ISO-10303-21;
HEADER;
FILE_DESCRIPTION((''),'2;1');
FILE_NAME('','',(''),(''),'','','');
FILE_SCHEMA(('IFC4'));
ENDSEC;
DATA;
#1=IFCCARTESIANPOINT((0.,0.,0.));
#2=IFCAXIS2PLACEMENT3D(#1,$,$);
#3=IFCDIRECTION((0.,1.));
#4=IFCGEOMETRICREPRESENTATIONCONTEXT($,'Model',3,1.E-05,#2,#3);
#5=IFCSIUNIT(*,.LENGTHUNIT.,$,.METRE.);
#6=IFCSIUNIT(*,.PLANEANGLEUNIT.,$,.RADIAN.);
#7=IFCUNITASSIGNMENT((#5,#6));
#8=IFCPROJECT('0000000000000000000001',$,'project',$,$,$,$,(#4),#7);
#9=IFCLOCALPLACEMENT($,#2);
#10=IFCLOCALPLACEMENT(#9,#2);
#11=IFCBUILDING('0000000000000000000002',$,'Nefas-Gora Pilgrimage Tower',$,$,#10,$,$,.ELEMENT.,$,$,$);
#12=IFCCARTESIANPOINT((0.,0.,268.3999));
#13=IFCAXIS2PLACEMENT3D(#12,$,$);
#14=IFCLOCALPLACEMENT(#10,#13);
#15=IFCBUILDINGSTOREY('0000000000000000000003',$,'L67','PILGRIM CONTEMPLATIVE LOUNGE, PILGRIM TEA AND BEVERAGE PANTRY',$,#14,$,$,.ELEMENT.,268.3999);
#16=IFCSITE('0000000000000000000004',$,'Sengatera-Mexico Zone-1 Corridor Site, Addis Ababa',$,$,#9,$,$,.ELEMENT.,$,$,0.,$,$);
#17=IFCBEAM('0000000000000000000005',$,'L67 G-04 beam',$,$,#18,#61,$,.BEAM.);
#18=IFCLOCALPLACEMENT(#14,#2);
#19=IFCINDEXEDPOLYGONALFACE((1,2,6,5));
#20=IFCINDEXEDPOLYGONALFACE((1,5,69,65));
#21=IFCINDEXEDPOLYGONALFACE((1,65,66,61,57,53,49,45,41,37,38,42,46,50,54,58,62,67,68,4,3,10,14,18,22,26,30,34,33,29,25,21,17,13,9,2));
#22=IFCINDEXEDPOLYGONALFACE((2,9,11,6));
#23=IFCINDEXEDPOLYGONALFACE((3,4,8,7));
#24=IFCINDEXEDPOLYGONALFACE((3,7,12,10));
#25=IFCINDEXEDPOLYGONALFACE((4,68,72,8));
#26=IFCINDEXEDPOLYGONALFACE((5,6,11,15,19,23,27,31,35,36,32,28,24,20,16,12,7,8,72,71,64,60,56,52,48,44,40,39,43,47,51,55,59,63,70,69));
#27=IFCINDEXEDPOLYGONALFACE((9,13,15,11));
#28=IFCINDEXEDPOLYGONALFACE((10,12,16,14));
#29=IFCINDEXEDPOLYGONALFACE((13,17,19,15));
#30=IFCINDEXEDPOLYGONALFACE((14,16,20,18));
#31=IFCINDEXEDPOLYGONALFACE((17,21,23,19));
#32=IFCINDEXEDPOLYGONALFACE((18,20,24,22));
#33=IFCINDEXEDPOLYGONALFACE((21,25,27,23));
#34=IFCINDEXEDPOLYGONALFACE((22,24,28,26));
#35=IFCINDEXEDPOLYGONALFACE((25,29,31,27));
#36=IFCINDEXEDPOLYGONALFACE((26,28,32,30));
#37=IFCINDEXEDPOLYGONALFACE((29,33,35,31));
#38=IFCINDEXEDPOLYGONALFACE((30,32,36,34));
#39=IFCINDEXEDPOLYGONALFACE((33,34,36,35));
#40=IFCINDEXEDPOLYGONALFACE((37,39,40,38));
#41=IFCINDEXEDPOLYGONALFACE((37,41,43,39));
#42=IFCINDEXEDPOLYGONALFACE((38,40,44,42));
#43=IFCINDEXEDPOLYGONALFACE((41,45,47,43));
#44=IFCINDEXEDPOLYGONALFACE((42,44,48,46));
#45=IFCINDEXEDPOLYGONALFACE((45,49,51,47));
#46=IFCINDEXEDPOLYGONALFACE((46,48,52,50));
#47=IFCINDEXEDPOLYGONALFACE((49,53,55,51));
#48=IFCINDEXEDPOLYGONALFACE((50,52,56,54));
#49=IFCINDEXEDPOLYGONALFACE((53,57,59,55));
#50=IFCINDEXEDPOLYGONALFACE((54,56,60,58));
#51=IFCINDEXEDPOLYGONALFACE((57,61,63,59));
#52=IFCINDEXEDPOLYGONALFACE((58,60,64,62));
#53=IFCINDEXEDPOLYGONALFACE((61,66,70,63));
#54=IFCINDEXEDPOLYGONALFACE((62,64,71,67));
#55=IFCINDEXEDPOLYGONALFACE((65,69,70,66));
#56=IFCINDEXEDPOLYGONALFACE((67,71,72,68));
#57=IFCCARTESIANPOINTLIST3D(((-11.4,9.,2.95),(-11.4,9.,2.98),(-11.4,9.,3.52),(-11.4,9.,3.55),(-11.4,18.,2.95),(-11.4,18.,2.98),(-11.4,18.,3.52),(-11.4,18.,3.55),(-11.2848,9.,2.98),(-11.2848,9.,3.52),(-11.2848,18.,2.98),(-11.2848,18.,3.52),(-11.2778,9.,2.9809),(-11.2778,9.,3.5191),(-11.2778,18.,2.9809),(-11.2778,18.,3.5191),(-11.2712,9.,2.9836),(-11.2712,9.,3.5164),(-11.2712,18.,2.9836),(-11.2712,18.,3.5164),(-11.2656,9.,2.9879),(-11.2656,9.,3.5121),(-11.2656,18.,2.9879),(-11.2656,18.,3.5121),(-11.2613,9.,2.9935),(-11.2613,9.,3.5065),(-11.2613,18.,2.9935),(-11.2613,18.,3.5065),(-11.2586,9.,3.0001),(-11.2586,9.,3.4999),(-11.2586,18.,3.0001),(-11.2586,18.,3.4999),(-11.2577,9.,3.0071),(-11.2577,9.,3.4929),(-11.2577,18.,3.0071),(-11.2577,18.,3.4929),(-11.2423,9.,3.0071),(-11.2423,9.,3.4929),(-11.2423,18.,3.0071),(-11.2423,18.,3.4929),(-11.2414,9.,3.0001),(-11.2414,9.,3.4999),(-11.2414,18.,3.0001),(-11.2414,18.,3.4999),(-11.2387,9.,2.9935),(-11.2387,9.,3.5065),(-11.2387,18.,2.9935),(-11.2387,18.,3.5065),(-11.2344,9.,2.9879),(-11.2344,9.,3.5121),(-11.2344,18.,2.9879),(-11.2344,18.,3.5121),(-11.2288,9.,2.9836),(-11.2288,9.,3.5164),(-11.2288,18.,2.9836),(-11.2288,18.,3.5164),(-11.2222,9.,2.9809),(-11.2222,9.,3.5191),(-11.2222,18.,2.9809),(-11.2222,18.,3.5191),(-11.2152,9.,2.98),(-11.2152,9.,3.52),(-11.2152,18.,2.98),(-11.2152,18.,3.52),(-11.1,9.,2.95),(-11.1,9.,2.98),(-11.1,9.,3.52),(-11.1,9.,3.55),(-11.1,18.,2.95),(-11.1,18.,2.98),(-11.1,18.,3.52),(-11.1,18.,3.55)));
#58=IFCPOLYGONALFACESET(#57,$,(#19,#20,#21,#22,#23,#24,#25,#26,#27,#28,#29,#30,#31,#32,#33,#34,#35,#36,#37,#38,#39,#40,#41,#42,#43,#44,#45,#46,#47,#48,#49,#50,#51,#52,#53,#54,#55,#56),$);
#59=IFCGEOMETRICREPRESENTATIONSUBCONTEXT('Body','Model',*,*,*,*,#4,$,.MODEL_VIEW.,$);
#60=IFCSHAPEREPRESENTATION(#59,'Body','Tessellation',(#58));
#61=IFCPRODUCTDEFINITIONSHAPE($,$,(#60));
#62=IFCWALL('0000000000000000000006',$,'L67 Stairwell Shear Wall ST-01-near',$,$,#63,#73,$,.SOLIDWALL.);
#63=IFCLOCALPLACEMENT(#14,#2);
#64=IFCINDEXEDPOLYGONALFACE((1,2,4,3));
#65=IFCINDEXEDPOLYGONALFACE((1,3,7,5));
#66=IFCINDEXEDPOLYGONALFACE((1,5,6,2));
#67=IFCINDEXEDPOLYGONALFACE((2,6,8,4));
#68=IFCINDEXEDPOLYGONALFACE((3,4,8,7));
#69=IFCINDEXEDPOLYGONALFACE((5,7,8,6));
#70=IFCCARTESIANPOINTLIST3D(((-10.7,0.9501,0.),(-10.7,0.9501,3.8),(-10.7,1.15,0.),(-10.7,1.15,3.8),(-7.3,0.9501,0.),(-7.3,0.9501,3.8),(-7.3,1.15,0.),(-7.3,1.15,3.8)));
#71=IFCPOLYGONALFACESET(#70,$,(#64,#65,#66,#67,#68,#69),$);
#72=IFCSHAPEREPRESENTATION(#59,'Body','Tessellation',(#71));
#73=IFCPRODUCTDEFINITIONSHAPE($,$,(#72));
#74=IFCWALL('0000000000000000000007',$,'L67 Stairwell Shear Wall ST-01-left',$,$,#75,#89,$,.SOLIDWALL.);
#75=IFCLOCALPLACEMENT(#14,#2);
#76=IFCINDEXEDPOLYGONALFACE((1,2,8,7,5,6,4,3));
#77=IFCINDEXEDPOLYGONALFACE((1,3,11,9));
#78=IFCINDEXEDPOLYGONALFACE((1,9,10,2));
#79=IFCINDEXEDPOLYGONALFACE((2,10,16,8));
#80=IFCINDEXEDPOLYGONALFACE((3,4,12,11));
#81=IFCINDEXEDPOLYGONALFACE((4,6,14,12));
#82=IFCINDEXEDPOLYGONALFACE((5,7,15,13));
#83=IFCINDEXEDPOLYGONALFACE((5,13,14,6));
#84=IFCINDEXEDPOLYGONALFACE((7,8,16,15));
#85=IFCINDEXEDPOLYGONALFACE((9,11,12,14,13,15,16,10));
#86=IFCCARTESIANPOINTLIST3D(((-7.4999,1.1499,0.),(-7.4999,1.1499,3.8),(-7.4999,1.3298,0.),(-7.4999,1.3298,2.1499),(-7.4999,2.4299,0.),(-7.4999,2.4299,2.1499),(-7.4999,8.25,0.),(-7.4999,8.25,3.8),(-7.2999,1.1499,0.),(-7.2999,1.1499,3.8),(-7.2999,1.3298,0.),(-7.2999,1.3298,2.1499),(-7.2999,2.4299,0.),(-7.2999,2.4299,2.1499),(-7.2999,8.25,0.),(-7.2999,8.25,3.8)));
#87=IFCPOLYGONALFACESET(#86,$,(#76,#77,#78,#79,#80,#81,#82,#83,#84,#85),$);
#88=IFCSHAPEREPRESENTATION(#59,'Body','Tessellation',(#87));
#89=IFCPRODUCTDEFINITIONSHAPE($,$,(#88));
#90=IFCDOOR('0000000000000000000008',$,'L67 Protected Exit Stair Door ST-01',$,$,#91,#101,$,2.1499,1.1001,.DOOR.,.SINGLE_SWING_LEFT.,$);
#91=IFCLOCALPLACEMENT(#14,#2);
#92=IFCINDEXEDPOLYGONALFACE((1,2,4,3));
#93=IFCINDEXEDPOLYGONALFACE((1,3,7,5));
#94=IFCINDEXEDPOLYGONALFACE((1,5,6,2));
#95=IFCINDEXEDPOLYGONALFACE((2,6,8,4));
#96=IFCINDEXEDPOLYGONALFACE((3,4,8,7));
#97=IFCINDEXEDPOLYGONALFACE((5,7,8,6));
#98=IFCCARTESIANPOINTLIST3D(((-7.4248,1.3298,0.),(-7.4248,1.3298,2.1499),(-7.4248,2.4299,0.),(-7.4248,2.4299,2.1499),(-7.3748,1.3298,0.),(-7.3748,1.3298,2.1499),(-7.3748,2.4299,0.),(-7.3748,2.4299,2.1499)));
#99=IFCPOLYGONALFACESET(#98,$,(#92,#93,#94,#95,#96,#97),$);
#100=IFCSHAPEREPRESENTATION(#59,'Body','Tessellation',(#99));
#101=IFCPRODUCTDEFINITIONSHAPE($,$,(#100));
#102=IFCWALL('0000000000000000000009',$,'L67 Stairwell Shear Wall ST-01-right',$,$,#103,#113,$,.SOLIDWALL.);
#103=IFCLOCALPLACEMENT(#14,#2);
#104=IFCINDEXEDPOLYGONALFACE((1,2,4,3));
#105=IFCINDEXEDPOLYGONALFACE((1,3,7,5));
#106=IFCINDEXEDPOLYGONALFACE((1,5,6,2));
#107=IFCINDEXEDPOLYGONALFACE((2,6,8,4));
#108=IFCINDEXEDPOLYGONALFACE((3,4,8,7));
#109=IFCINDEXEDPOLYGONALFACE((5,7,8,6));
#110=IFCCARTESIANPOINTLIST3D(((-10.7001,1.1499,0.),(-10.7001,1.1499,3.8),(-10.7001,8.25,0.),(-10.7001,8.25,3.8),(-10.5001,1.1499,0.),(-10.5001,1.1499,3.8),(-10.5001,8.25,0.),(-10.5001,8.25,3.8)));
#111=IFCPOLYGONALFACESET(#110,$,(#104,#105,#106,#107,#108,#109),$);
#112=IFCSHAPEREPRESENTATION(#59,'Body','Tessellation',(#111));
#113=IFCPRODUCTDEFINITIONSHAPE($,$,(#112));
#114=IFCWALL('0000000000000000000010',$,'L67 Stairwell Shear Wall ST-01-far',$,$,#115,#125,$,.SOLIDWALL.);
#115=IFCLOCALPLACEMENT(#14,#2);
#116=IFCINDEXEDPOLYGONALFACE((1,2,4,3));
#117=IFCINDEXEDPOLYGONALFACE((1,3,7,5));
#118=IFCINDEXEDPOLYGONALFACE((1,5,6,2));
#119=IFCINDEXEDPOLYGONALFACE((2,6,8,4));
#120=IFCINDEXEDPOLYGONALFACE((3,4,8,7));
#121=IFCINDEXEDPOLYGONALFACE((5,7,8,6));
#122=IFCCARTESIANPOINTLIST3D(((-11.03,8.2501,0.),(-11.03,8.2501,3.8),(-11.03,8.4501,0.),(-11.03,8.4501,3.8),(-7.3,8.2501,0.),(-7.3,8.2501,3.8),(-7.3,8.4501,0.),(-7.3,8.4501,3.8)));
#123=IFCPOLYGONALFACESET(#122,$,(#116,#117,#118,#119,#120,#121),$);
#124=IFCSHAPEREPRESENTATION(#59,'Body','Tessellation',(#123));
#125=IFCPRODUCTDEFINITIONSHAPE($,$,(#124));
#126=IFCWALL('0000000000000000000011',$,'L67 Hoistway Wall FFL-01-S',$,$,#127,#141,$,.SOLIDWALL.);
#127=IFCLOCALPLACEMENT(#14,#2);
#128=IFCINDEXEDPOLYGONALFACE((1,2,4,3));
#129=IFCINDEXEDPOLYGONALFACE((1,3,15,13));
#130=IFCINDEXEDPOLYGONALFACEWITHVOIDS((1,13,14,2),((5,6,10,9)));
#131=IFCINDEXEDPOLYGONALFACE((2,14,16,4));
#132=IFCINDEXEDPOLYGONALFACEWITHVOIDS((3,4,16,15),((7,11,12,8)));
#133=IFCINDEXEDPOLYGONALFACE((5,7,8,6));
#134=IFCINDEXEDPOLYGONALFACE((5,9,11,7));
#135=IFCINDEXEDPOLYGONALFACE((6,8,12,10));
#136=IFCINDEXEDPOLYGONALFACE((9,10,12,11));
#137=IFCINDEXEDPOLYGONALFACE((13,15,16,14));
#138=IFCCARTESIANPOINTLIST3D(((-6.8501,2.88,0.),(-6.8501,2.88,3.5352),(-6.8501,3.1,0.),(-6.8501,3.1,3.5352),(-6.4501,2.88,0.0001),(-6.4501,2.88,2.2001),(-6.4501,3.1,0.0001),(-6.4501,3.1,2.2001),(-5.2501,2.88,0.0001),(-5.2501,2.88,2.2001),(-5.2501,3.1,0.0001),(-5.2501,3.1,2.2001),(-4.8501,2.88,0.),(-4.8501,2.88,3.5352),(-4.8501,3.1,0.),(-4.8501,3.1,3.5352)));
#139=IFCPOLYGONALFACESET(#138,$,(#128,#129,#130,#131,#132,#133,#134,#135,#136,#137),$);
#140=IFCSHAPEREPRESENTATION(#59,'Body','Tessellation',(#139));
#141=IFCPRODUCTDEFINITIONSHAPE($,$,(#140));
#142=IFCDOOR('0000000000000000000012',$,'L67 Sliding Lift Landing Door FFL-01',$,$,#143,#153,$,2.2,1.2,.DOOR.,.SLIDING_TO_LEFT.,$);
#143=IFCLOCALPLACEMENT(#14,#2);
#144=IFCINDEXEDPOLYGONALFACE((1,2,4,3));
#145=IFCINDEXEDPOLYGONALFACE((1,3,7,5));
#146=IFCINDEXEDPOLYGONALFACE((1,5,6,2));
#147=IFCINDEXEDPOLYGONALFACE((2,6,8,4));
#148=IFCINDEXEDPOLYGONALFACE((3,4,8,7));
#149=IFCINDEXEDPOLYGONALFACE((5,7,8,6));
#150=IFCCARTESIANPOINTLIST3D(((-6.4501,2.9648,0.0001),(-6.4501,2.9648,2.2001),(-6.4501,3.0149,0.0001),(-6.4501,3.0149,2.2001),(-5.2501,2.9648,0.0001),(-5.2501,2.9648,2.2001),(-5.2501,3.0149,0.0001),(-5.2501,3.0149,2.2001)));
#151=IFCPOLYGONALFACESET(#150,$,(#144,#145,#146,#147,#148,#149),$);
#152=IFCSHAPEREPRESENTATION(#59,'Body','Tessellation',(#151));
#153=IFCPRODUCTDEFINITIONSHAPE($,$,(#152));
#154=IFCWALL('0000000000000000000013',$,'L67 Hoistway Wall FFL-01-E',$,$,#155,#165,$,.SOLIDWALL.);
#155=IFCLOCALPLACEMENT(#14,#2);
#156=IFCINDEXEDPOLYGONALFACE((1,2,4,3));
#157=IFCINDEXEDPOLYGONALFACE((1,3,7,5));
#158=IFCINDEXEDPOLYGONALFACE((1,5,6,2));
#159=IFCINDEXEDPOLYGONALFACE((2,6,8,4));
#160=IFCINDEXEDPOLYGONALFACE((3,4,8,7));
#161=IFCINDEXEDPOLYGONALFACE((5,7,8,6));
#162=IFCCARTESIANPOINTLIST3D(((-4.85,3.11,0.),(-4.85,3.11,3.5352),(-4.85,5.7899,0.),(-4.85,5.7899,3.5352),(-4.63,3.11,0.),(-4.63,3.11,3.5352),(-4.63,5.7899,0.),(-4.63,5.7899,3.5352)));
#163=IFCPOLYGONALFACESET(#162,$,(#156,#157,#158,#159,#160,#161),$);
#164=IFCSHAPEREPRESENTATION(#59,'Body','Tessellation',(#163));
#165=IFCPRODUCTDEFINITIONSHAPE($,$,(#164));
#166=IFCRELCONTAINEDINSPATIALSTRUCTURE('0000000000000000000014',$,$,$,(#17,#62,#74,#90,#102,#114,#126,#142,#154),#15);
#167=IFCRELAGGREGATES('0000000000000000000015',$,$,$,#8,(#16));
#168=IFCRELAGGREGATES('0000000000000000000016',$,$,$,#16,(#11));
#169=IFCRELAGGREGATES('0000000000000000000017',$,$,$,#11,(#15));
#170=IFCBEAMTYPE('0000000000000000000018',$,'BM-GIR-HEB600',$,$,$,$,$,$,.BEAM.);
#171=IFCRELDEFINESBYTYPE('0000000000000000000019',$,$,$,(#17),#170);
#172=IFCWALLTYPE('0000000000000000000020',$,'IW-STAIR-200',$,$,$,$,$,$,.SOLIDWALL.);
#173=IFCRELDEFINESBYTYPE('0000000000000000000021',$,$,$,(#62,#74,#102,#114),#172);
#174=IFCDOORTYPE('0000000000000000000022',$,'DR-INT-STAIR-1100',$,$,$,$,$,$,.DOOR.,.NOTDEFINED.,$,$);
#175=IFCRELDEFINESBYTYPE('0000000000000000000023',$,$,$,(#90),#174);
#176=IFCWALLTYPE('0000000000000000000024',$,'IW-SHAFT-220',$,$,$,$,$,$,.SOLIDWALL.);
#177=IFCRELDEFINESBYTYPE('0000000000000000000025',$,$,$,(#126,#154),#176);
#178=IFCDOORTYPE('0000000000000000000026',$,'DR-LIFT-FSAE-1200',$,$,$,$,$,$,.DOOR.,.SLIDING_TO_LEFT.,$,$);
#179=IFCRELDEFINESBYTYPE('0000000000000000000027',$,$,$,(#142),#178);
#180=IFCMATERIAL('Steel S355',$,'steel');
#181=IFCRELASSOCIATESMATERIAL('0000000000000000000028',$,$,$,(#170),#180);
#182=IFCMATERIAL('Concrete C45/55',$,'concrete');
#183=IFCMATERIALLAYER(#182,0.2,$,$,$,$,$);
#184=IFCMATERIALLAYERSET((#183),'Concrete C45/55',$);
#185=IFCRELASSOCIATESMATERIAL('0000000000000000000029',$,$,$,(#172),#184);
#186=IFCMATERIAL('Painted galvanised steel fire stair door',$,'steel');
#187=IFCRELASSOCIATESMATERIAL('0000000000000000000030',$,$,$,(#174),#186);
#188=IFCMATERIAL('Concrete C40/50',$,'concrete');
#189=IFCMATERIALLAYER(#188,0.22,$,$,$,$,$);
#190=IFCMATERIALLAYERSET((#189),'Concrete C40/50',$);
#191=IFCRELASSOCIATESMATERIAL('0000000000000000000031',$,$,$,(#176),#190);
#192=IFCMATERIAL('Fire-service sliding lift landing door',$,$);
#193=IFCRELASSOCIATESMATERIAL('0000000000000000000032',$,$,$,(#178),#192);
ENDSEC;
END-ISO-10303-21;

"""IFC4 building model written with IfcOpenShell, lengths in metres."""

from ifc_helpers import new_model, si_unit, direction, frame, frame_2d, origin, origin_2d, place, context, subcontext, project, spatial, rectangle, i_section, extrude, source, transform, mapped, material, layer, layer_set, material_profile, profile_set, type_object, element, fill, save


model = new_model("IFC4")

# Units and contexts
model_context = context("Model", 3, precision=1e-05, world=origin(), true_north=direction((0.0, 1.0)))
body_context = subcontext(model_context, "Body", "Model", "MODEL_VIEW")
ifc_project = project(units=[si_unit("LENGTHUNIT", "METRE"), si_unit("PLANEANGLEUNIT", "RADIAN")], contexts=[model_context])

# Site, building, storey
site_placement = place(None, origin())
site = spatial("IfcSite", under=ifc_project, at=site_placement, Name="Sengatera-Mexico Zone-1 Corridor Site, Addis Ababa", CompositionType="ELEMENT", RefElevation=0.0)
building_placement = place(site_placement, origin())
building = spatial("IfcBuilding", under=site, at=building_placement, Name="Nefas-Gora Pilgrimage Tower", CompositionType="ELEMENT")
storey_placement = place(building_placement, frame((0.0, 0.0, 268.3999)))
storey = spatial("IfcBuildingStorey", under=building, at=storey_placement, Name="L67", Description="PILGRIM CONTEMPLATIVE LOUNGE, PILGRIM TEA AND BEVERAGE PANTRY", CompositionType="ELEMENT", Elevation=268.3999)

# Beam
ifc_material_1 = material(Name="Steel S355", Category="steel")
ifc_material_profile = material_profile(ifc_material_1, i_section(OverallWidth=0.3, OverallDepth=0.6001, WebThickness=0.0154, FlangeThickness=0.03, FilletRadius=0.0271, at=origin_2d()), Name="HEB 600")
ifc_profile_set = profile_set([ifc_material_profile], Name="Steel S355")
beam_type = type_object("IfcBeamType", Name="BM-GIR-HEB600", PredefinedType="BEAM", material=ifc_profile_set)
shared_shape_1 = source(origin(), body_context, "Body", "SweptSolid", [
    extrude(i_section(OverallWidth=0.3, OverallDepth=0.6001, WebThickness=0.0154, FlangeThickness=0.03, FilletRadius=0.0271, at=origin_2d()), origin(), (0.0, 0.0, 1.0), 9.0),
])
beam_placement = place(storey_placement, frame((-11.25, 9.0, 3.25), z_axis=(0.0, 1.0, 0.0), x_axis=(-1.0, 0.0, 0.0)))
element("IfcBeam", 1, at=beam_placement, inside=storey, type_object=beam_type, Name="L67 G-04 beam", PredefinedType="BEAM", context=body_context, shape_type="MappedRepresentation", body=[
    mapped(shared_shape_1, transform((0.0, 0.0, 0.0), x_axis=(1.0, 0.0, 0.0), y_axis=(0.0, 1.0, 0.0), z_axis=(0.0, 0.0, 1.0), scale=1.0)),
])

# Wall
ifc_material_2 = material(Name="Concrete C45/55", Category="concrete")
ifc_layer_1 = layer(ifc_material_2, 0.2)
ifc_layer_set_1 = layer_set([ifc_layer_1], Name="Concrete C45/55")
wall_type_1 = type_object("IfcWallType", Name="IW-STAIR-200", PredefinedType="SOLIDWALL", material=ifc_layer_set_1)
shared_shape_2 = source(origin(), body_context, "Body", "SweptSolid", [
    extrude(rectangle(XDim=3.3999, YDim=0.2, at=frame_2d((1.7, 0.0))), origin(), (0.0, 0.0, 1.0), 3.8),
])
wall_1_placement = place(storey_placement, frame((-7.3, 1.05, 0.0), z_axis=(0.0, 0.0, 1.0), x_axis=(-1.0, 0.0, 0.0)))
element("IfcWall", 2, at=wall_1_placement, inside=storey, type_object=wall_type_1, Name="L67 Stairwell Shear Wall ST-01-near", PredefinedType="SOLIDWALL", context=body_context, shape_type="MappedRepresentation", body=[
    mapped(shared_shape_2, transform((0.0, 0.0, 0.0), x_axis=(1.0, 0.0, 0.0), y_axis=(0.0, 1.0, 0.0), z_axis=(0.0, 0.0, 1.0), scale=1.0)),
])

# Wall, opening, door
shared_shape_3 = source(origin(), body_context, "Body", "SweptSolid", [
    extrude(rectangle(XDim=7.1001, YDim=0.2, at=frame_2d((3.55, 0.0))), origin(), (0.0, 0.0, 1.0), 3.8),
])
wall_2_placement = place(storey_placement, frame((-7.3999, 1.1499, 0.0), z_axis=(0.0, 0.0, 1.0), x_axis=(0.0, 1.0, 0.0)))
wall_2 = element("IfcWall", 3, at=wall_2_placement, inside=storey, type_object=wall_type_1, Name="L67 Stairwell Shear Wall ST-01-left", PredefinedType="SOLIDWALL", context=body_context, shape_type="MappedRepresentation", body=[
    mapped(shared_shape_3, transform((0.0, 0.0, 0.0), x_axis=(1.0, 0.0, 0.0), y_axis=(0.0, 1.0, 0.0), z_axis=(0.0, 0.0, 1.0), scale=1.0)),
])
opening_1_placement = place(wall_2_placement, frame((0.1799, 0.0, 0.0)))
opening_1 = element("IfcOpeningElement", 4, at=opening_1_placement, cuts=wall_2, PredefinedType="OPENING", context=body_context, shape_type="SweptSolid", body=[
    extrude(rectangle(XDim=1.1001, YDim=2.1499, at=frame_2d((0.55, 1.075))), frame((0.0, 0.1099, 0.0), z_axis=(0.0, -1.0, 0.0), x_axis=(1.0, 0.0, 0.0)), (0.0, 0.0, 1.0), 0.22),
])
ifc_material_3 = material(Name="Painted galvanised steel fire stair door", Category="steel")
door_type_1 = type_object("IfcDoorType", Name="DR-INT-STAIR-1100", OperationType="NOTDEFINED", PredefinedType="DOOR", material=ifc_material_3)
shared_shape_4 = source(origin(), body_context, "Body", "SweptSolid", [
    extrude(rectangle(XDim=1.1001, YDim=2.1499, at=frame_2d((0.55, 1.075))), frame((0.0, 0.0249, 0.0), z_axis=(0.0, -1.0, 0.0), x_axis=(1.0, 0.0, 0.0)), (0.0, 0.0, 1.0), 0.05),
])
door_1_placement = place(opening_1_placement, origin())
door_1 = element("IfcDoor", 5, at=door_1_placement, inside=storey, type_object=door_type_1, Name="L67 Protected Exit Stair Door ST-01", OperationType="SINGLE_SWING_LEFT", OverallHeight=2.1499, OverallWidth=1.1001, PredefinedType="DOOR", context=body_context, shape_type="MappedRepresentation", body=[
    mapped(shared_shape_4, transform((0.0, 0.0, 0.0), x_axis=(1.0, 0.0, 0.0), y_axis=(0.0, 1.0, 0.0), z_axis=(0.0, 0.0, 1.0), scale=1.0)),
])
fill(opening_1, door_1)

# Walls
wall_3_placement = place(storey_placement, frame((-10.6001, 1.1499, 0.0), z_axis=(0.0, 0.0, 1.0), x_axis=(0.0, 1.0, 0.0)))
element("IfcWall", 6, at=wall_3_placement, inside=storey, type_object=wall_type_1, Name="L67 Stairwell Shear Wall ST-01-right", PredefinedType="SOLIDWALL", context=body_context, shape_type="MappedRepresentation", body=[
    mapped(shared_shape_3, transform((0.0, 0.0, 0.0), x_axis=(1.0, 0.0, 0.0), y_axis=(0.0, 1.0, 0.0), z_axis=(0.0, 0.0, 1.0), scale=1.0)),
])
shared_shape_5 = source(origin(), body_context, "Body", "SweptSolid", [
    extrude(rectangle(XDim=3.73, YDim=0.2, at=frame_2d((1.865, 0.0))), origin(), (0.0, 0.0, 1.0), 3.8),
])
wall_4_placement = place(storey_placement, frame((-7.3, 8.3501, 0.0), z_axis=(0.0, 0.0, 1.0), x_axis=(-1.0, 0.0, 0.0)))
element("IfcWall", 7, at=wall_4_placement, inside=storey, type_object=wall_type_1, Name="L67 Stairwell Shear Wall ST-01-far", PredefinedType="SOLIDWALL", context=body_context, shape_type="MappedRepresentation", body=[
    mapped(shared_shape_5, transform((0.0, 0.0, 0.0), x_axis=(1.0, 0.0, 0.0), y_axis=(0.0, 1.0, 0.0), z_axis=(0.0, 0.0, 1.0), scale=1.0)),
])

# Wall, opening, door
ifc_material_4 = material(Name="Concrete C40/50", Category="concrete")
ifc_layer_2 = layer(ifc_material_4, 0.22)
ifc_layer_set_2 = layer_set([ifc_layer_2], Name="Concrete C40/50")
wall_type_2 = type_object("IfcWallType", Name="IW-SHAFT-220", PredefinedType="SOLIDWALL", material=ifc_layer_set_2)
shared_shape_6 = source(origin(), body_context, "Body", "SweptSolid", [
    extrude(rectangle(XDim=2.0, YDim=0.22, at=frame_2d((1.0, 0.0))), origin(), (0.0, 0.0, 1.0), 3.5352),
])
wall_5_placement = place(storey_placement, frame((-6.8501, 2.99, 0.0), z_axis=(0.0, 0.0, 1.0), x_axis=(1.0, 0.0, 0.0)))
wall_5 = element("IfcWall", 8, at=wall_5_placement, inside=storey, type_object=wall_type_2, Name="L67 Hoistway Wall FFL-01-S", PredefinedType="SOLIDWALL", context=body_context, shape_type="MappedRepresentation", body=[
    mapped(shared_shape_6, transform((0.0, 0.0, 0.0), x_axis=(1.0, 0.0, 0.0), y_axis=(0.0, 1.0, 0.0), z_axis=(0.0, 0.0, 1.0), scale=1.0)),
])
opening_2_placement = place(wall_5_placement, frame((0.3999, 0.0, 0.0)))
opening_2 = element("IfcOpeningElement", 9, at=opening_2_placement, cuts=wall_5, PredefinedType="OPENING", context=body_context, shape_type="SweptSolid", body=[
    extrude(rectangle(XDim=1.2, YDim=2.2, at=frame_2d((0.6001, 1.1001))), frame((0.0, 0.1199, 0.0), z_axis=(0.0, -1.0, 0.0), x_axis=(1.0, 0.0, 0.0)), (0.0, 0.0, 1.0), 0.24),
])
ifc_material_5 = material(Name="Fire-service sliding lift landing door")
door_type_2 = type_object("IfcDoorType", Name="DR-LIFT-FSAE-1200", OperationType="SLIDING_TO_LEFT", PredefinedType="DOOR", material=ifc_material_5)
shared_shape_7 = source(origin(), body_context, "Body", "SweptSolid", [
    extrude(rectangle(XDim=1.2, YDim=2.2, at=frame_2d((0.6001, 1.1001))), frame((0.0, 0.0249, 0.0), z_axis=(0.0, -1.0, 0.0), x_axis=(1.0, 0.0, 0.0)), (0.0, 0.0, 1.0), 0.05),
])
door_2_placement = place(opening_2_placement, origin())
door_2 = element("IfcDoor", 10, at=door_2_placement, inside=storey, type_object=door_type_2, Name="L67 Sliding Lift Landing Door FFL-01", OperationType="SLIDING_TO_LEFT", OverallHeight=2.2, OverallWidth=1.2, PredefinedType="DOOR", context=body_context, shape_type="MappedRepresentation", body=[
    mapped(shared_shape_7, transform((0.0, 0.0, 0.0), x_axis=(1.0, 0.0, 0.0), y_axis=(0.0, 1.0, 0.0), z_axis=(0.0, 0.0, 1.0), scale=1.0)),
])
fill(opening_2, door_2)

# Wall
shared_shape_8 = source(origin(), body_context, "Body", "SweptSolid", [
    extrude(rectangle(XDim=2.6799, YDim=0.22, at=frame_2d((1.3398, 0.0))), origin(), (0.0, 0.0, 1.0), 3.5352),
])
wall_6_placement = place(storey_placement, frame((-4.74, 3.1101, 0.0), z_axis=(0.0, 0.0, 1.0), x_axis=(0.0, 1.0, 0.0)))
element("IfcWall", 11, at=wall_6_placement, inside=storey, type_object=wall_type_2, Name="L67 Hoistway Wall FFL-01-E", PredefinedType="SOLIDWALL", context=body_context, shape_type="MappedRepresentation", body=[
    mapped(shared_shape_8, transform((0.0, 0.0, 0.0), x_axis=(1.0, 0.0, 0.0), y_axis=(0.0, 1.0, 0.0), z_axis=(0.0, 0.0, 1.0), scale=1.0)),
])

save(model, "model.ifc")
